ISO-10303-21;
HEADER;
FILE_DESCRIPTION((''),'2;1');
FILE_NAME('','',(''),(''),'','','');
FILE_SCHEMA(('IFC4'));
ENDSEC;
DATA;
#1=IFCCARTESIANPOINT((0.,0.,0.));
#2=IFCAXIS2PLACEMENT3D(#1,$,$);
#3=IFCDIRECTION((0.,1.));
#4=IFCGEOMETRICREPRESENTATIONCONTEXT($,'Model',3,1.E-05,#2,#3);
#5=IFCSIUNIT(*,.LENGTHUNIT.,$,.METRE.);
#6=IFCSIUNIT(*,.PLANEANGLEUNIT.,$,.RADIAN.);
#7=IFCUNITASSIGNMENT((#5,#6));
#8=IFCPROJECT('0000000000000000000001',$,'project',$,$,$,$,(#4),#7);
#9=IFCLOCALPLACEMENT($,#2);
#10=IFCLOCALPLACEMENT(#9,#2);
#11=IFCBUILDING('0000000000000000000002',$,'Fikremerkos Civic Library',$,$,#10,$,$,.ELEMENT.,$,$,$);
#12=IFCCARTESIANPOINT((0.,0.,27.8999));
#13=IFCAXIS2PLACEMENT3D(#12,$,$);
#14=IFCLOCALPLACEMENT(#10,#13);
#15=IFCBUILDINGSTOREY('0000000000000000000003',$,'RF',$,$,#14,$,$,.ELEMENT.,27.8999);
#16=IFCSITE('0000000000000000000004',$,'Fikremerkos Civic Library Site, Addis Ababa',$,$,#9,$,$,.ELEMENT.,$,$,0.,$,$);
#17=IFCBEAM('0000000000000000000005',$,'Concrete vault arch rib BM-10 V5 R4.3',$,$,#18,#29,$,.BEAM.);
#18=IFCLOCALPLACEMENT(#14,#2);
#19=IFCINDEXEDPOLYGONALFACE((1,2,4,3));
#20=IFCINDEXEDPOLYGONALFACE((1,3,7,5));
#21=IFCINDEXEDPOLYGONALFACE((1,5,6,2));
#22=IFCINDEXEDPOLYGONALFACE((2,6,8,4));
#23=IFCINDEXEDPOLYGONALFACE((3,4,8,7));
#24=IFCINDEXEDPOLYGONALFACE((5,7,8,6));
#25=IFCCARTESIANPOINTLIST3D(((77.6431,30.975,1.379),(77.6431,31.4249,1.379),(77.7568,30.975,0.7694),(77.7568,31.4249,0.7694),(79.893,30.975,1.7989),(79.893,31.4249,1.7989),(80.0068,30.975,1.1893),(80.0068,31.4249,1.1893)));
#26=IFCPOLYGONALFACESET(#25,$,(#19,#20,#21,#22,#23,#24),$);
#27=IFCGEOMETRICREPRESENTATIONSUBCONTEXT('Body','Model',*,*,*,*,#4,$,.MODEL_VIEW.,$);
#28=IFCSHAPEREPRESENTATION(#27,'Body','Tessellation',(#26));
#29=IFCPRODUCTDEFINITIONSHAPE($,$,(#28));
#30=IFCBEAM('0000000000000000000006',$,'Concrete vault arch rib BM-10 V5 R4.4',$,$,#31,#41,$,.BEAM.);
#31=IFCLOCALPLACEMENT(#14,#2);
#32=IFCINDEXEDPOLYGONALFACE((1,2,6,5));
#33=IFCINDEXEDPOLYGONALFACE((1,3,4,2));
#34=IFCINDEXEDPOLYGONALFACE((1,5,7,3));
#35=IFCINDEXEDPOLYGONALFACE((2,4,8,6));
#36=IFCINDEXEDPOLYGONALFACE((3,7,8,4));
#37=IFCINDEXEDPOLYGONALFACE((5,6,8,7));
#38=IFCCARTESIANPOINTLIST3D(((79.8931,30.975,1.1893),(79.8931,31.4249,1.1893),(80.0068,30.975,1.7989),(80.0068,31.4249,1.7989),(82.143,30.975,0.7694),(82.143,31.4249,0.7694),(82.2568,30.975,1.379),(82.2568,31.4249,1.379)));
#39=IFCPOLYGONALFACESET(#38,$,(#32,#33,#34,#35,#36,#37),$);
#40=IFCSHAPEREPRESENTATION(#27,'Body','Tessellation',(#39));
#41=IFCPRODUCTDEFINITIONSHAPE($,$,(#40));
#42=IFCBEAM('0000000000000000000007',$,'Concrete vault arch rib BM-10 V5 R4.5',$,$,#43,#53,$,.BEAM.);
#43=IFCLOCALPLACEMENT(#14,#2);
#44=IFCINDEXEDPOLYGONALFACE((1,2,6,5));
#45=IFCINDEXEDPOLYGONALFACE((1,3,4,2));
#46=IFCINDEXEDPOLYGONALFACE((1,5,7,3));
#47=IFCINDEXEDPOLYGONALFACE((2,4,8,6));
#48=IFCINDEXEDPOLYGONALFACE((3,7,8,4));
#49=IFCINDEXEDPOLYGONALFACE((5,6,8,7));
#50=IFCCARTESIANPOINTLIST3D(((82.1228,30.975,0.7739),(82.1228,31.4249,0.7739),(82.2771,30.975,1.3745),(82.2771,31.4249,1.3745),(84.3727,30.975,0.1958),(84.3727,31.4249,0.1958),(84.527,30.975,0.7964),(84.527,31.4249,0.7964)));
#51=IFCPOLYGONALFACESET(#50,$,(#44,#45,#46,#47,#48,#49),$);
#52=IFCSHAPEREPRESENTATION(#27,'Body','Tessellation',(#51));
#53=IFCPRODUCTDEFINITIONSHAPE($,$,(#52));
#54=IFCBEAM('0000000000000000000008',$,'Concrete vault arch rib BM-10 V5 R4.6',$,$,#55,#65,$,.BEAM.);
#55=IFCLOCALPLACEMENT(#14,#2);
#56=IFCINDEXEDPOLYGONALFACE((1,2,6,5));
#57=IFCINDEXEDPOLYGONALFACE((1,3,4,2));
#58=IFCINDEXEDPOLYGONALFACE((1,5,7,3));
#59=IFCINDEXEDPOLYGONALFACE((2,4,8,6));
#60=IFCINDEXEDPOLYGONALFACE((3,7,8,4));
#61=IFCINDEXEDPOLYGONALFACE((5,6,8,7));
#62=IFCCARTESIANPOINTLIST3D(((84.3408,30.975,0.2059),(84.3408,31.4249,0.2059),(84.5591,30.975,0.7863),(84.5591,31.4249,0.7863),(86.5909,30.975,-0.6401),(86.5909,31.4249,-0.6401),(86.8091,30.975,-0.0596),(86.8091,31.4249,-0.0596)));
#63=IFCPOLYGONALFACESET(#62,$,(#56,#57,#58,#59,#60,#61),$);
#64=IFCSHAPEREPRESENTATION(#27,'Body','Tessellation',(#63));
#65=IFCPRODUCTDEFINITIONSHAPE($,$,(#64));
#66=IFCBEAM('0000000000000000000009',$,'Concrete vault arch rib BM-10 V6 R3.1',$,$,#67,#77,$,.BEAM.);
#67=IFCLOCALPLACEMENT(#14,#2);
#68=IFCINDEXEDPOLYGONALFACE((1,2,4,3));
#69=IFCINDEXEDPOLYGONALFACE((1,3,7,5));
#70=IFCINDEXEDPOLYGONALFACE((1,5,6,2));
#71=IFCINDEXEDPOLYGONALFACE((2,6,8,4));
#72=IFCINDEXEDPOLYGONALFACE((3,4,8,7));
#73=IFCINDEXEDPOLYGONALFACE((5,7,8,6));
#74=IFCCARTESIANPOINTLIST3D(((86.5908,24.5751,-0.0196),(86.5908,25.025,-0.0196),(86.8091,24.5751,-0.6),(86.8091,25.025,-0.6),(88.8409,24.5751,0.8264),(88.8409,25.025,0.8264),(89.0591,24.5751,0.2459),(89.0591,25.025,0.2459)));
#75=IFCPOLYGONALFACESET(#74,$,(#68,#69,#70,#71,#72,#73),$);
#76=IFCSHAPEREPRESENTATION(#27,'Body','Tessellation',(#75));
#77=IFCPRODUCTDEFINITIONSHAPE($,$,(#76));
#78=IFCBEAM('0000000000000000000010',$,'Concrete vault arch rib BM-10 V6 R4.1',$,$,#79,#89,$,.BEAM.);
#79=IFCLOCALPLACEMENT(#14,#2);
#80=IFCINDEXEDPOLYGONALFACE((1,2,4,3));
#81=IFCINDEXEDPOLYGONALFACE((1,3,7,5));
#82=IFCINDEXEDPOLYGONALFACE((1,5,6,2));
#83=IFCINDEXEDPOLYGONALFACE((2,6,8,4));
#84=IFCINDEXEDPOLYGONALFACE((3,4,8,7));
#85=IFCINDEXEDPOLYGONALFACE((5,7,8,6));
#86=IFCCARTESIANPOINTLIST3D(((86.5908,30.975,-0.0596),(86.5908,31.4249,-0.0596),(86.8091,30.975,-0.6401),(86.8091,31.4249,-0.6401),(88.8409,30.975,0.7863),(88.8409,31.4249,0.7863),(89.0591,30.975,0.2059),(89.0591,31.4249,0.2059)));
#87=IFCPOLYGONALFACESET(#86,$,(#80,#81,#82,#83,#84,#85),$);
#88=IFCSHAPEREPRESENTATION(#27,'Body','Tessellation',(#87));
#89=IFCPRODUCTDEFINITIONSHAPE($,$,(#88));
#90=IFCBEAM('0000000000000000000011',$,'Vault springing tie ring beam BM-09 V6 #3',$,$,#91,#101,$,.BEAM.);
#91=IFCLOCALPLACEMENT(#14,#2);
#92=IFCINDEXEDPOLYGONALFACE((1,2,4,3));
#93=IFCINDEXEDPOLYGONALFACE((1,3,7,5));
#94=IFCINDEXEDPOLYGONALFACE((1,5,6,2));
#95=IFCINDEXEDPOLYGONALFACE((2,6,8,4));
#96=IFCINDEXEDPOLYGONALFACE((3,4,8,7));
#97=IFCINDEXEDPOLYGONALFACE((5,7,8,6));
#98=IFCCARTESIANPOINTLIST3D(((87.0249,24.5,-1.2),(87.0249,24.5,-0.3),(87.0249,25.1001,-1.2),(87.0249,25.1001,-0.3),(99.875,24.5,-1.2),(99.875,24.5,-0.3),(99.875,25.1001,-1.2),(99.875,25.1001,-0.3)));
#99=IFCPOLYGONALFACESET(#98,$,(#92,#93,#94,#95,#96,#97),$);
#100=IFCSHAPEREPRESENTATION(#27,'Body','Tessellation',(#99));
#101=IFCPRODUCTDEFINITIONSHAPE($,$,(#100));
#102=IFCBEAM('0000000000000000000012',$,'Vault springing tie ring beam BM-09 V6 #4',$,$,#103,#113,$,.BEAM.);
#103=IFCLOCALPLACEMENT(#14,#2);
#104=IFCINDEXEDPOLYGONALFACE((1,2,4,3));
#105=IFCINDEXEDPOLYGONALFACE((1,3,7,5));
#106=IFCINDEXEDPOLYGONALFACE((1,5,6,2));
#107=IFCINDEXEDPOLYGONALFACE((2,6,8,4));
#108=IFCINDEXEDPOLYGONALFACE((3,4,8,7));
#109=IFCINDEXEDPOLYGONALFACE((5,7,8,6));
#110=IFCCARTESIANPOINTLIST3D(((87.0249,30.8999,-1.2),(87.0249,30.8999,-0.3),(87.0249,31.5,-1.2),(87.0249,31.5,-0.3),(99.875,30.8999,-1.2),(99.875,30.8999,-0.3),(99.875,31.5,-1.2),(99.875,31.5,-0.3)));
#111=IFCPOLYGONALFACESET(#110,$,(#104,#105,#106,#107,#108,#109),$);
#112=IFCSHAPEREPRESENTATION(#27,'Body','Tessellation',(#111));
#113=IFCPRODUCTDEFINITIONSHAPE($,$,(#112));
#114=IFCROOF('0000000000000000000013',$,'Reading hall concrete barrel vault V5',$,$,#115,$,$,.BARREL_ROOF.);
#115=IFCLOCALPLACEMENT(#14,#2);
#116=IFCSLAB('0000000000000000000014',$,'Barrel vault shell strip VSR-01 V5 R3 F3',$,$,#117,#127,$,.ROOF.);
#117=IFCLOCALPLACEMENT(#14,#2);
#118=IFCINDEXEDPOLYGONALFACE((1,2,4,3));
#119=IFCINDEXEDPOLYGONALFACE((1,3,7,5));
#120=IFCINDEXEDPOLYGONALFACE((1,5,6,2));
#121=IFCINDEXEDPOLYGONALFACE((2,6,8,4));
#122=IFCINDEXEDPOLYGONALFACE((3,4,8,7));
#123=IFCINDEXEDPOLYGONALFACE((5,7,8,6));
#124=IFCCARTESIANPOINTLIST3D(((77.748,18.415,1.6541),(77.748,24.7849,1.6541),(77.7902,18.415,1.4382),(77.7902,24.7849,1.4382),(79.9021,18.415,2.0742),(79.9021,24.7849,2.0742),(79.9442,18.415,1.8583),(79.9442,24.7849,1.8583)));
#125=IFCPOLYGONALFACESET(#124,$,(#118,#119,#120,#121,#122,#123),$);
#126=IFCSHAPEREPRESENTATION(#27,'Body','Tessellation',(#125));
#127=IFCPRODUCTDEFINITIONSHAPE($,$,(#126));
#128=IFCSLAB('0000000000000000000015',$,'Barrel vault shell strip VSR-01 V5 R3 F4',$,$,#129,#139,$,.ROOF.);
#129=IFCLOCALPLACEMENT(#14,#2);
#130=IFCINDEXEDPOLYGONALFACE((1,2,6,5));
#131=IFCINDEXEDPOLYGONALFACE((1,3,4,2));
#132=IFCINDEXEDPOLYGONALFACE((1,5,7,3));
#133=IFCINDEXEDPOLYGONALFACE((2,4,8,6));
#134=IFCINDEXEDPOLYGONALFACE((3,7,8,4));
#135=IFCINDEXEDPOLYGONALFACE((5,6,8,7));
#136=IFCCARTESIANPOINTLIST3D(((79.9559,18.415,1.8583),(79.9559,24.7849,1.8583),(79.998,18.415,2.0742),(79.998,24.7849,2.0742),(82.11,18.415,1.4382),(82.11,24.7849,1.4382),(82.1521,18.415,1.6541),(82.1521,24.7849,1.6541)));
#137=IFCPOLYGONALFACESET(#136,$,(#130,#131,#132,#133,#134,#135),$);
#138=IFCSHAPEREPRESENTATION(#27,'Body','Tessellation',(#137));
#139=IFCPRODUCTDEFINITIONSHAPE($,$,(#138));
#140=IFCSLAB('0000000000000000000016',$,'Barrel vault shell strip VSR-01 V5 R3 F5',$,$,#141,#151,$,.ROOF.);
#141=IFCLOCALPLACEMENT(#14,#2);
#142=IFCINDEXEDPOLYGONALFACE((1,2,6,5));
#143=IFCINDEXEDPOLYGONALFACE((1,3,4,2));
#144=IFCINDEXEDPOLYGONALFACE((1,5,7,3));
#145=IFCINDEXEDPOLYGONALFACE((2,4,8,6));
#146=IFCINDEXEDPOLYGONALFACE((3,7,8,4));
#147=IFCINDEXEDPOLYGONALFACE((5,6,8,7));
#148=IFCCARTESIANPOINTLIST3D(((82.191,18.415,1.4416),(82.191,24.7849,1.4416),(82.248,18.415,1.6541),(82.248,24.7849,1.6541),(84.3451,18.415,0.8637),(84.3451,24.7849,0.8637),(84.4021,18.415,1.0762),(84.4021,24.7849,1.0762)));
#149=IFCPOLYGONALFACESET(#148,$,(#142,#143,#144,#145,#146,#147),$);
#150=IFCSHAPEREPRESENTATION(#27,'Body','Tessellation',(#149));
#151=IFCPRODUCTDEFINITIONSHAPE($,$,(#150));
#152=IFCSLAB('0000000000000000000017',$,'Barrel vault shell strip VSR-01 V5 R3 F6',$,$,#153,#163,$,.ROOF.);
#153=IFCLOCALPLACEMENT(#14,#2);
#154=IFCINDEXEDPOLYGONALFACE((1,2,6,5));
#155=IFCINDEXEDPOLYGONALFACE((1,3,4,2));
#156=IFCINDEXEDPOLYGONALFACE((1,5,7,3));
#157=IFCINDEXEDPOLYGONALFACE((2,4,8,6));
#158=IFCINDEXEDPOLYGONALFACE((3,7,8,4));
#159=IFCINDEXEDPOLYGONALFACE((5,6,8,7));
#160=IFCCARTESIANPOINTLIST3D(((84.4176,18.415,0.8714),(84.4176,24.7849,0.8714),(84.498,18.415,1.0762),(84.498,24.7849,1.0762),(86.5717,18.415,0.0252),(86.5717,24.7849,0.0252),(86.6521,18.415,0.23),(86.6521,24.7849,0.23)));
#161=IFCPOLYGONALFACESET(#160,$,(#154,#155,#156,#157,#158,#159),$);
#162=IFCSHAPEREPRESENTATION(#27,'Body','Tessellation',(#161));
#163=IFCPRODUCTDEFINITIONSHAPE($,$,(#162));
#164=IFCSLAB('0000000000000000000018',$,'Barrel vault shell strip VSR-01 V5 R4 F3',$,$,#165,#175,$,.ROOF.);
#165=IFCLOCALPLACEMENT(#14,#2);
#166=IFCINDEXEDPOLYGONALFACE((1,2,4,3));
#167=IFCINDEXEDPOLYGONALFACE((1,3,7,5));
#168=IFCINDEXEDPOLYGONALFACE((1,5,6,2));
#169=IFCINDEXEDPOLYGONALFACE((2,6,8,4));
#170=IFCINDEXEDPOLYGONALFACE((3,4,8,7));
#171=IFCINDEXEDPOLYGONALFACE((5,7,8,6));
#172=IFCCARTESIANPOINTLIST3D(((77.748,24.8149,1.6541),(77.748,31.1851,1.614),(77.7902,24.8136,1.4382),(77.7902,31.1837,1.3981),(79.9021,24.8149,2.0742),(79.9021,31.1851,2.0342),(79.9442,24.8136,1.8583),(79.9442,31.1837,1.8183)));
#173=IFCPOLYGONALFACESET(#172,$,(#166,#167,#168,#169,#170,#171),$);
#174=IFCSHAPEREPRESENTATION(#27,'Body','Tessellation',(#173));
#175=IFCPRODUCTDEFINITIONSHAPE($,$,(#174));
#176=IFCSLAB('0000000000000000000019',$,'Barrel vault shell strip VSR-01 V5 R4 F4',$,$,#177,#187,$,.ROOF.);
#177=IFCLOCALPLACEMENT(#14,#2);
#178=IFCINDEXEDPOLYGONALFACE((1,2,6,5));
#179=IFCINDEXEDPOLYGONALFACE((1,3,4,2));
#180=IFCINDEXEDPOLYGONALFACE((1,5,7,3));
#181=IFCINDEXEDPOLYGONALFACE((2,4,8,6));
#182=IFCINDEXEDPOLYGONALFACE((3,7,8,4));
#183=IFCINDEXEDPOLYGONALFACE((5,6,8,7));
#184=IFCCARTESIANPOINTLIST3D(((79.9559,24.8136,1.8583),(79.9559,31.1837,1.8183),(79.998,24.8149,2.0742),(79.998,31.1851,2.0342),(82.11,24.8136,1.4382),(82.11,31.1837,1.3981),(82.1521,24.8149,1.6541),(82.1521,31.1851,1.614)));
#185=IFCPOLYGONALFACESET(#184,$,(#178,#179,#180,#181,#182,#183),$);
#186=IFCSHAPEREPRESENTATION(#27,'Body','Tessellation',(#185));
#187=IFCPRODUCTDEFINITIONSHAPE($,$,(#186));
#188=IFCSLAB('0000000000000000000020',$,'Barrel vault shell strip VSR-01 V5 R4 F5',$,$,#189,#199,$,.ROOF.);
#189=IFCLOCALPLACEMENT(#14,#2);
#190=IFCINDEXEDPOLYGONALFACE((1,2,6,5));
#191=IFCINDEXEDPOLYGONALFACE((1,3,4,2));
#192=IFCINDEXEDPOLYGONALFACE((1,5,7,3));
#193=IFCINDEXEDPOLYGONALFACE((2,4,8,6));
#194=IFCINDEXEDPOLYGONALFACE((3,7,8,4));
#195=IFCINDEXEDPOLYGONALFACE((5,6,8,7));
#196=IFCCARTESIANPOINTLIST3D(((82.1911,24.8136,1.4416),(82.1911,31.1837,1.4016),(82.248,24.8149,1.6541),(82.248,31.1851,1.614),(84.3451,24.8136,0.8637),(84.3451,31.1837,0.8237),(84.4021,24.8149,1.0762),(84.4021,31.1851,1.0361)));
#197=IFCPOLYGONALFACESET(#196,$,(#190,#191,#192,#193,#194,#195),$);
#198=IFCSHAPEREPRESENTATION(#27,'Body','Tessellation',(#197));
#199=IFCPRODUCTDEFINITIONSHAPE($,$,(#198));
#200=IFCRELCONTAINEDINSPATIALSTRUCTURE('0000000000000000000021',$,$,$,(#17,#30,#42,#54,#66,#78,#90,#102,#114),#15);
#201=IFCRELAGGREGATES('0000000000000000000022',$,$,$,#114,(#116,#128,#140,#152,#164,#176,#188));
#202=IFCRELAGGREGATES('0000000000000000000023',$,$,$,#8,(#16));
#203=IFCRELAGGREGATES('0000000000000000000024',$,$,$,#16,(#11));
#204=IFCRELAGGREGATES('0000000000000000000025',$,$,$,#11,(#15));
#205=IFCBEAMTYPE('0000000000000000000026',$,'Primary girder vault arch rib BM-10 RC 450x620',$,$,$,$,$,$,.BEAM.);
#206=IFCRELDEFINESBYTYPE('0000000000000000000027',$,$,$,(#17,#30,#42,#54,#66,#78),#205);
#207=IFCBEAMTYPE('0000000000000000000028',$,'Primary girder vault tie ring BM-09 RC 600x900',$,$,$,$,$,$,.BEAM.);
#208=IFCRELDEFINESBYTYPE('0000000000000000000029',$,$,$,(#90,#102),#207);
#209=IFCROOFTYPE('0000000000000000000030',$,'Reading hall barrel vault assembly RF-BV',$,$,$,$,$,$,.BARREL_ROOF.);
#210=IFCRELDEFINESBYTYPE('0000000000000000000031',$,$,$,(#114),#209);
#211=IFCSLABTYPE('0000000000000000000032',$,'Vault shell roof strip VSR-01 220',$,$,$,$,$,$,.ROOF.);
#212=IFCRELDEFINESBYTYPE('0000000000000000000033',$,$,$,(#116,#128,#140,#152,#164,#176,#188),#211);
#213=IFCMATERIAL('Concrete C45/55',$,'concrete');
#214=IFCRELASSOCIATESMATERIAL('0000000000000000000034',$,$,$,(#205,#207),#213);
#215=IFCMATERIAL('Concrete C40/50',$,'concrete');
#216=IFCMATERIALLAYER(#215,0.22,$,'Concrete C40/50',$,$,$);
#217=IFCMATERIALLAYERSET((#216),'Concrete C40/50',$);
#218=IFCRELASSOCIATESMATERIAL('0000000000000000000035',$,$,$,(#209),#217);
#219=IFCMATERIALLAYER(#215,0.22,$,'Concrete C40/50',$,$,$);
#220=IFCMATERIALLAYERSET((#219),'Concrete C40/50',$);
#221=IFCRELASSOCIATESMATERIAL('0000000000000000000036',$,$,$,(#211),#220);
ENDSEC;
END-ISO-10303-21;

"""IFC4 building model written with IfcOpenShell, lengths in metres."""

from ifc_helpers import new_model, si_unit, direction, frame, origin, origin_2d, place, context, subcontext, project, spatial, polyline, rectangle, outline, extrude, material, layer, layer_set, material_profile, profile_set, type_object, element, aggregate, save


model = new_model("IFC4")

# Units and contexts
model_context = context("Model", 3, precision=1e-05, world=origin(), true_north=direction((0.0, 1.0)))
body_context = subcontext(model_context, "Body", "Model", "MODEL_VIEW")
ifc_project = project(units=[si_unit("LENGTHUNIT", "METRE"), si_unit("PLANEANGLEUNIT", "RADIAN")], contexts=[model_context])

# Site, building, storey
site_placement = place(None, origin())
site = spatial("IfcSite", under=ifc_project, at=site_placement, Name="Fikremerkos Civic Library Site, Addis Ababa", CompositionType="ELEMENT", RefElevation=0.0)
building_placement = place(site_placement, origin())
building = spatial("IfcBuilding", under=site, at=building_placement, Name="Fikremerkos Civic Library", CompositionType="ELEMENT")
storey_placement = place(building_placement, frame((0.0, 0.0, 27.8999)))
storey = spatial("IfcBuildingStorey", under=building, at=storey_placement, Name="RF", CompositionType="ELEMENT", Elevation=27.8999)

# Beams
ifc_material_1 = material(Name="Concrete C45/55", Category="concrete")
ifc_material_profile_1 = material_profile(ifc_material_1, rectangle(XDim=0.45, YDim=0.6201, at=origin_2d()), Name="RC 450x620")
ifc_profile_set_1 = profile_set([ifc_material_profile_1], Name="Concrete C45/55")
beam_type_1 = type_object("IfcBeamType", Name="Primary girder vault arch rib BM-10 RC 450x620", PredefinedType="BEAM", material=ifc_profile_set_1)
for number, where, z_axis, x_axis, name in (
    (1, (77.7, 31.2, 1.0742), (0.983026, 0.0, 0.183464), (0.0, 1.0, 0.0), "Concrete vault arch rib BM-10 V5 R4.3"),
    (2, (79.95, 31.2, 1.4941), (0.983026, 0.0, -0.183464), (0.0, 1.0, 0.0), "Concrete vault arch rib BM-10 V5 R4.4"),
):
    element("IfcBeam", number, at=place(storey_placement, frame(where, z_axis=z_axis, x_axis=x_axis)), inside=storey, type_object=beam_type_1, Name=name, PredefinedType="BEAM", context=body_context, shape_type="SweptSolid", body=[
        extrude(rectangle(XDim=0.45, YDim=0.6201, at=origin_2d()), origin(), (0.0, 0.0, 1.0), 2.2888),
    ])
beam_1_placement = place(storey_placement, frame((82.2, 31.2, 1.0742), z_axis=(0.968539, 0.0, -0.248861), x_axis=(0.0, 1.0, 0.0)))
element("IfcBeam", 3, at=beam_1_placement, inside=storey, type_object=beam_type_1, Name="Concrete vault arch rib BM-10 V5 R4.5", PredefinedType="BEAM", context=body_context, shape_type="SweptSolid", body=[
    extrude(rectangle(XDim=0.45, YDim=0.6201, at=origin_2d()), origin(), (0.0, 0.0, 1.0), 2.323),
])
for number, where, z_axis, x_axis, name in (
    (4, (84.45, 31.2, 0.4961), (0.936028, 0.0, -0.351925), (0.0, 1.0, 0.0), "Concrete vault arch rib BM-10 V5 R4.6"),
    (5, (86.7, 24.8, -0.3098), (0.936028, 0.0, 0.351925), (0.0, 1.0, 0.0), "Concrete vault arch rib BM-10 V6 R3.1"),
    (6, (86.7, 31.2, -0.3499), (0.936028, 0.0, 0.351925), (0.0, 1.0, 0.0), "Concrete vault arch rib BM-10 V6 R4.1"),
):
    element("IfcBeam", number, at=place(storey_placement, frame(where, z_axis=z_axis, x_axis=x_axis)), inside=storey, type_object=beam_type_1, Name=name, PredefinedType="BEAM", context=body_context, shape_type="SweptSolid", body=[
        extrude(rectangle(XDim=0.45, YDim=0.6201, at=origin_2d()), origin(), (0.0, 0.0, 1.0), 2.4038),
    ])
ifc_material_profile_2 = material_profile(ifc_material_1, rectangle(XDim=0.6001, YDim=0.8999, at=origin_2d()), Name="RC 600x900")
ifc_profile_set_2 = profile_set([ifc_material_profile_2], Name="Concrete C45/55")
beam_type_2 = type_object("IfcBeamType", Name="Primary girder vault tie ring BM-09 RC 600x900", PredefinedType="BEAM", material=ifc_profile_set_2)
for number, where, z_axis, x_axis, name in (
    (7, (87.0249, 24.8, -0.75), (1.0, 0.0, 0.0), (0.0, 1.0, 0.0), "Vault springing tie ring beam BM-09 V6 #3"),
    (8, (87.0249, 31.2, -0.75), (1.0, 0.0, 0.0), (0.0, 1.0, 0.0), "Vault springing tie ring beam BM-09 V6 #4"),
):
    element("IfcBeam", number, at=place(storey_placement, frame(where, z_axis=z_axis, x_axis=x_axis)), inside=storey, type_object=beam_type_2, Name=name, PredefinedType="BEAM", context=body_context, shape_type="SweptSolid", body=[
        extrude(rectangle(XDim=0.6001, YDim=0.8999, at=origin_2d()), origin(), (0.0, 0.0, 1.0), 12.8501),
    ])

# Roof, slabs
ifc_material_2 = material(Name="Concrete C40/50", Category="concrete")
ifc_layer_1 = layer(ifc_material_2, 0.22, Name="Concrete C40/50")
ifc_layer_set_1 = layer_set([ifc_layer_1], Name="Concrete C40/50")
roof_type = type_object("IfcRoofType", Name="Reading hall barrel vault assembly RF-BV", PredefinedType="BARREL_ROOF", material=ifc_layer_set_1)
roof_1_placement = place(storey_placement, origin())
roof_1 = element("IfcRoof", 9, at=roof_1_placement, inside=storey, type_object=roof_type, Name="Reading hall concrete barrel vault V5", PredefinedType="BARREL_ROOF")
ifc_layer_2 = layer(ifc_material_2, 0.22, Name="Concrete C40/50")
ifc_layer_set_2 = layer_set([ifc_layer_2], Name="Concrete C40/50")
slab_type_1 = type_object("IfcSlabType", Name="Vault shell roof strip VSR-01 220", PredefinedType="ROOF", material=ifc_layer_set_2)
slab_1_placement = place(storey_placement, frame((77.748, 18.415, 1.6541), z_axis=(-0.19145, 0.0, 0.981502), x_axis=(0.981502, 0.0, 0.19145)))
slab_1 = element("IfcSlab", 10, at=slab_1_placement, type_object=slab_type_1, Name="Barrel vault shell strip VSR-01 V5 R3 F3", PredefinedType="ROOF", context=body_context, shape_type="SweptSolid", body=[
    extrude(outline(polyline([(0.0, 0.0), (2.1946, 0.0), (2.1946, 6.3699), (0.0, 6.3699), (0.0, 0.0)])), origin(), (0.0, 0.0, -1.0), 0.22),
])
slab_2_placement = place(storey_placement, frame((79.998, 18.415, 2.0742), z_axis=(0.19145, 0.0, 0.981502), x_axis=(0.981502, 0.0, -0.19145)))
slab_2 = element("IfcSlab", 11, at=slab_2_placement, type_object=slab_type_1, Name="Barrel vault shell strip VSR-01 V5 R3 F4", PredefinedType="ROOF", context=body_context, shape_type="SweptSolid", body=[
    extrude(outline(polyline([(0.0, 0.0), (2.1946, 0.0), (2.1946, 6.3699), (0.0, 6.3699), (0.0, 0.0)])), origin(), (0.0, 0.0, -1.0), 0.22),
])
slab_3_placement = place(storey_placement, frame((82.248, 18.415, 1.6541), z_axis=(0.259114, 0.0, 0.965847), x_axis=(0.965847, 0.0, -0.259114)))
slab_3 = element("IfcSlab", 12, at=slab_3_placement, type_object=slab_type_1, Name="Barrel vault shell strip VSR-01 V5 R3 F5", PredefinedType="ROOF", context=body_context, shape_type="SweptSolid", body=[
    extrude(outline(polyline([(0.0, 0.0), (2.2302, 0.0), (2.2302, 6.3699), (0.0, 6.3699), (0.0, 0.0)])), origin(), (0.0, 0.0, -1.0), 0.22),
])
slab_4_placement = place(storey_placement, frame((84.498, 18.415, 1.0762), z_axis=(0.365636, 0.0, 0.930758), x_axis=(0.930758, 0.0, -0.365636)))
slab_4 = element("IfcSlab", 13, at=slab_4_placement, type_object=slab_type_1, Name="Barrel vault shell strip VSR-01 V5 R3 F6", PredefinedType="ROOF", context=body_context, shape_type="SweptSolid", body=[
    extrude(outline(polyline([(0.0, 0.0), (2.3143, 0.0), (2.3143, 6.3699), (0.0, 6.3699), (0.0, 0.0)])), origin(), (0.0, 0.0, -1.0), 0.22),
])
slab_5_placement = place(storey_placement, frame((77.748, 24.8149, 1.6541), z_axis=(-0.191447, 0.006169, 0.981484), x_axis=(0.981502, 0.0, 0.19145)))
slab_5 = element("IfcSlab", 14, at=slab_5_placement, type_object=slab_type_1, Name="Barrel vault shell strip VSR-01 V5 R4 F3", PredefinedType="ROOF", context=body_context, shape_type="SweptSolid", body=[
    extrude(outline(polyline([(0.0, 0.0), (2.1946, 0.0), (2.187, 6.3702), (-0.0077, 6.3702), (0.0, 0.0)])), origin(), (0.0, 0.0, -1.0), 0.22),
])
slab_6_placement = place(storey_placement, frame((79.998, 24.8149, 2.0742), z_axis=(0.191447, 0.006169, 0.981484), x_axis=(0.981502, 0.0, -0.19145)))
slab_6 = element("IfcSlab", 15, at=slab_6_placement, type_object=slab_type_1, Name="Barrel vault shell strip VSR-01 V5 R4 F4", PredefinedType="ROOF", context=body_context, shape_type="SweptSolid", body=[
    extrude(outline(polyline([(0.0, 0.0), (2.1946, 0.0), (2.2023, 6.3702), (0.0077, 6.3702), (0.0, 0.0)])), origin(), (0.0, 0.0, -1.0), 0.22),
])
slab_7_placement = place(storey_placement, frame((82.248, 24.8149, 1.6541), z_axis=(0.259109, 0.006071, 0.965829), x_axis=(0.965847, 0.0, -0.259114)))
slab_7 = element("IfcSlab", 16, at=slab_7_placement, type_object=slab_type_1, Name="Barrel vault shell strip VSR-01 V5 R4 F5", PredefinedType="ROOF", context=body_context, shape_type="SweptSolid", body=[
    extrude(outline(polyline([(0.0, 0.0), (2.2302, 0.0), (2.2406, 6.3702), (0.0104, 6.3702), (0.0, 0.0)])), origin(), (0.0, 0.0, -1.0), 0.22),
])

aggregate(roof_1, [slab_1, slab_2, slab_3, slab_4, slab_5, slab_6, slab_7])

save(model, "model.ifc")
